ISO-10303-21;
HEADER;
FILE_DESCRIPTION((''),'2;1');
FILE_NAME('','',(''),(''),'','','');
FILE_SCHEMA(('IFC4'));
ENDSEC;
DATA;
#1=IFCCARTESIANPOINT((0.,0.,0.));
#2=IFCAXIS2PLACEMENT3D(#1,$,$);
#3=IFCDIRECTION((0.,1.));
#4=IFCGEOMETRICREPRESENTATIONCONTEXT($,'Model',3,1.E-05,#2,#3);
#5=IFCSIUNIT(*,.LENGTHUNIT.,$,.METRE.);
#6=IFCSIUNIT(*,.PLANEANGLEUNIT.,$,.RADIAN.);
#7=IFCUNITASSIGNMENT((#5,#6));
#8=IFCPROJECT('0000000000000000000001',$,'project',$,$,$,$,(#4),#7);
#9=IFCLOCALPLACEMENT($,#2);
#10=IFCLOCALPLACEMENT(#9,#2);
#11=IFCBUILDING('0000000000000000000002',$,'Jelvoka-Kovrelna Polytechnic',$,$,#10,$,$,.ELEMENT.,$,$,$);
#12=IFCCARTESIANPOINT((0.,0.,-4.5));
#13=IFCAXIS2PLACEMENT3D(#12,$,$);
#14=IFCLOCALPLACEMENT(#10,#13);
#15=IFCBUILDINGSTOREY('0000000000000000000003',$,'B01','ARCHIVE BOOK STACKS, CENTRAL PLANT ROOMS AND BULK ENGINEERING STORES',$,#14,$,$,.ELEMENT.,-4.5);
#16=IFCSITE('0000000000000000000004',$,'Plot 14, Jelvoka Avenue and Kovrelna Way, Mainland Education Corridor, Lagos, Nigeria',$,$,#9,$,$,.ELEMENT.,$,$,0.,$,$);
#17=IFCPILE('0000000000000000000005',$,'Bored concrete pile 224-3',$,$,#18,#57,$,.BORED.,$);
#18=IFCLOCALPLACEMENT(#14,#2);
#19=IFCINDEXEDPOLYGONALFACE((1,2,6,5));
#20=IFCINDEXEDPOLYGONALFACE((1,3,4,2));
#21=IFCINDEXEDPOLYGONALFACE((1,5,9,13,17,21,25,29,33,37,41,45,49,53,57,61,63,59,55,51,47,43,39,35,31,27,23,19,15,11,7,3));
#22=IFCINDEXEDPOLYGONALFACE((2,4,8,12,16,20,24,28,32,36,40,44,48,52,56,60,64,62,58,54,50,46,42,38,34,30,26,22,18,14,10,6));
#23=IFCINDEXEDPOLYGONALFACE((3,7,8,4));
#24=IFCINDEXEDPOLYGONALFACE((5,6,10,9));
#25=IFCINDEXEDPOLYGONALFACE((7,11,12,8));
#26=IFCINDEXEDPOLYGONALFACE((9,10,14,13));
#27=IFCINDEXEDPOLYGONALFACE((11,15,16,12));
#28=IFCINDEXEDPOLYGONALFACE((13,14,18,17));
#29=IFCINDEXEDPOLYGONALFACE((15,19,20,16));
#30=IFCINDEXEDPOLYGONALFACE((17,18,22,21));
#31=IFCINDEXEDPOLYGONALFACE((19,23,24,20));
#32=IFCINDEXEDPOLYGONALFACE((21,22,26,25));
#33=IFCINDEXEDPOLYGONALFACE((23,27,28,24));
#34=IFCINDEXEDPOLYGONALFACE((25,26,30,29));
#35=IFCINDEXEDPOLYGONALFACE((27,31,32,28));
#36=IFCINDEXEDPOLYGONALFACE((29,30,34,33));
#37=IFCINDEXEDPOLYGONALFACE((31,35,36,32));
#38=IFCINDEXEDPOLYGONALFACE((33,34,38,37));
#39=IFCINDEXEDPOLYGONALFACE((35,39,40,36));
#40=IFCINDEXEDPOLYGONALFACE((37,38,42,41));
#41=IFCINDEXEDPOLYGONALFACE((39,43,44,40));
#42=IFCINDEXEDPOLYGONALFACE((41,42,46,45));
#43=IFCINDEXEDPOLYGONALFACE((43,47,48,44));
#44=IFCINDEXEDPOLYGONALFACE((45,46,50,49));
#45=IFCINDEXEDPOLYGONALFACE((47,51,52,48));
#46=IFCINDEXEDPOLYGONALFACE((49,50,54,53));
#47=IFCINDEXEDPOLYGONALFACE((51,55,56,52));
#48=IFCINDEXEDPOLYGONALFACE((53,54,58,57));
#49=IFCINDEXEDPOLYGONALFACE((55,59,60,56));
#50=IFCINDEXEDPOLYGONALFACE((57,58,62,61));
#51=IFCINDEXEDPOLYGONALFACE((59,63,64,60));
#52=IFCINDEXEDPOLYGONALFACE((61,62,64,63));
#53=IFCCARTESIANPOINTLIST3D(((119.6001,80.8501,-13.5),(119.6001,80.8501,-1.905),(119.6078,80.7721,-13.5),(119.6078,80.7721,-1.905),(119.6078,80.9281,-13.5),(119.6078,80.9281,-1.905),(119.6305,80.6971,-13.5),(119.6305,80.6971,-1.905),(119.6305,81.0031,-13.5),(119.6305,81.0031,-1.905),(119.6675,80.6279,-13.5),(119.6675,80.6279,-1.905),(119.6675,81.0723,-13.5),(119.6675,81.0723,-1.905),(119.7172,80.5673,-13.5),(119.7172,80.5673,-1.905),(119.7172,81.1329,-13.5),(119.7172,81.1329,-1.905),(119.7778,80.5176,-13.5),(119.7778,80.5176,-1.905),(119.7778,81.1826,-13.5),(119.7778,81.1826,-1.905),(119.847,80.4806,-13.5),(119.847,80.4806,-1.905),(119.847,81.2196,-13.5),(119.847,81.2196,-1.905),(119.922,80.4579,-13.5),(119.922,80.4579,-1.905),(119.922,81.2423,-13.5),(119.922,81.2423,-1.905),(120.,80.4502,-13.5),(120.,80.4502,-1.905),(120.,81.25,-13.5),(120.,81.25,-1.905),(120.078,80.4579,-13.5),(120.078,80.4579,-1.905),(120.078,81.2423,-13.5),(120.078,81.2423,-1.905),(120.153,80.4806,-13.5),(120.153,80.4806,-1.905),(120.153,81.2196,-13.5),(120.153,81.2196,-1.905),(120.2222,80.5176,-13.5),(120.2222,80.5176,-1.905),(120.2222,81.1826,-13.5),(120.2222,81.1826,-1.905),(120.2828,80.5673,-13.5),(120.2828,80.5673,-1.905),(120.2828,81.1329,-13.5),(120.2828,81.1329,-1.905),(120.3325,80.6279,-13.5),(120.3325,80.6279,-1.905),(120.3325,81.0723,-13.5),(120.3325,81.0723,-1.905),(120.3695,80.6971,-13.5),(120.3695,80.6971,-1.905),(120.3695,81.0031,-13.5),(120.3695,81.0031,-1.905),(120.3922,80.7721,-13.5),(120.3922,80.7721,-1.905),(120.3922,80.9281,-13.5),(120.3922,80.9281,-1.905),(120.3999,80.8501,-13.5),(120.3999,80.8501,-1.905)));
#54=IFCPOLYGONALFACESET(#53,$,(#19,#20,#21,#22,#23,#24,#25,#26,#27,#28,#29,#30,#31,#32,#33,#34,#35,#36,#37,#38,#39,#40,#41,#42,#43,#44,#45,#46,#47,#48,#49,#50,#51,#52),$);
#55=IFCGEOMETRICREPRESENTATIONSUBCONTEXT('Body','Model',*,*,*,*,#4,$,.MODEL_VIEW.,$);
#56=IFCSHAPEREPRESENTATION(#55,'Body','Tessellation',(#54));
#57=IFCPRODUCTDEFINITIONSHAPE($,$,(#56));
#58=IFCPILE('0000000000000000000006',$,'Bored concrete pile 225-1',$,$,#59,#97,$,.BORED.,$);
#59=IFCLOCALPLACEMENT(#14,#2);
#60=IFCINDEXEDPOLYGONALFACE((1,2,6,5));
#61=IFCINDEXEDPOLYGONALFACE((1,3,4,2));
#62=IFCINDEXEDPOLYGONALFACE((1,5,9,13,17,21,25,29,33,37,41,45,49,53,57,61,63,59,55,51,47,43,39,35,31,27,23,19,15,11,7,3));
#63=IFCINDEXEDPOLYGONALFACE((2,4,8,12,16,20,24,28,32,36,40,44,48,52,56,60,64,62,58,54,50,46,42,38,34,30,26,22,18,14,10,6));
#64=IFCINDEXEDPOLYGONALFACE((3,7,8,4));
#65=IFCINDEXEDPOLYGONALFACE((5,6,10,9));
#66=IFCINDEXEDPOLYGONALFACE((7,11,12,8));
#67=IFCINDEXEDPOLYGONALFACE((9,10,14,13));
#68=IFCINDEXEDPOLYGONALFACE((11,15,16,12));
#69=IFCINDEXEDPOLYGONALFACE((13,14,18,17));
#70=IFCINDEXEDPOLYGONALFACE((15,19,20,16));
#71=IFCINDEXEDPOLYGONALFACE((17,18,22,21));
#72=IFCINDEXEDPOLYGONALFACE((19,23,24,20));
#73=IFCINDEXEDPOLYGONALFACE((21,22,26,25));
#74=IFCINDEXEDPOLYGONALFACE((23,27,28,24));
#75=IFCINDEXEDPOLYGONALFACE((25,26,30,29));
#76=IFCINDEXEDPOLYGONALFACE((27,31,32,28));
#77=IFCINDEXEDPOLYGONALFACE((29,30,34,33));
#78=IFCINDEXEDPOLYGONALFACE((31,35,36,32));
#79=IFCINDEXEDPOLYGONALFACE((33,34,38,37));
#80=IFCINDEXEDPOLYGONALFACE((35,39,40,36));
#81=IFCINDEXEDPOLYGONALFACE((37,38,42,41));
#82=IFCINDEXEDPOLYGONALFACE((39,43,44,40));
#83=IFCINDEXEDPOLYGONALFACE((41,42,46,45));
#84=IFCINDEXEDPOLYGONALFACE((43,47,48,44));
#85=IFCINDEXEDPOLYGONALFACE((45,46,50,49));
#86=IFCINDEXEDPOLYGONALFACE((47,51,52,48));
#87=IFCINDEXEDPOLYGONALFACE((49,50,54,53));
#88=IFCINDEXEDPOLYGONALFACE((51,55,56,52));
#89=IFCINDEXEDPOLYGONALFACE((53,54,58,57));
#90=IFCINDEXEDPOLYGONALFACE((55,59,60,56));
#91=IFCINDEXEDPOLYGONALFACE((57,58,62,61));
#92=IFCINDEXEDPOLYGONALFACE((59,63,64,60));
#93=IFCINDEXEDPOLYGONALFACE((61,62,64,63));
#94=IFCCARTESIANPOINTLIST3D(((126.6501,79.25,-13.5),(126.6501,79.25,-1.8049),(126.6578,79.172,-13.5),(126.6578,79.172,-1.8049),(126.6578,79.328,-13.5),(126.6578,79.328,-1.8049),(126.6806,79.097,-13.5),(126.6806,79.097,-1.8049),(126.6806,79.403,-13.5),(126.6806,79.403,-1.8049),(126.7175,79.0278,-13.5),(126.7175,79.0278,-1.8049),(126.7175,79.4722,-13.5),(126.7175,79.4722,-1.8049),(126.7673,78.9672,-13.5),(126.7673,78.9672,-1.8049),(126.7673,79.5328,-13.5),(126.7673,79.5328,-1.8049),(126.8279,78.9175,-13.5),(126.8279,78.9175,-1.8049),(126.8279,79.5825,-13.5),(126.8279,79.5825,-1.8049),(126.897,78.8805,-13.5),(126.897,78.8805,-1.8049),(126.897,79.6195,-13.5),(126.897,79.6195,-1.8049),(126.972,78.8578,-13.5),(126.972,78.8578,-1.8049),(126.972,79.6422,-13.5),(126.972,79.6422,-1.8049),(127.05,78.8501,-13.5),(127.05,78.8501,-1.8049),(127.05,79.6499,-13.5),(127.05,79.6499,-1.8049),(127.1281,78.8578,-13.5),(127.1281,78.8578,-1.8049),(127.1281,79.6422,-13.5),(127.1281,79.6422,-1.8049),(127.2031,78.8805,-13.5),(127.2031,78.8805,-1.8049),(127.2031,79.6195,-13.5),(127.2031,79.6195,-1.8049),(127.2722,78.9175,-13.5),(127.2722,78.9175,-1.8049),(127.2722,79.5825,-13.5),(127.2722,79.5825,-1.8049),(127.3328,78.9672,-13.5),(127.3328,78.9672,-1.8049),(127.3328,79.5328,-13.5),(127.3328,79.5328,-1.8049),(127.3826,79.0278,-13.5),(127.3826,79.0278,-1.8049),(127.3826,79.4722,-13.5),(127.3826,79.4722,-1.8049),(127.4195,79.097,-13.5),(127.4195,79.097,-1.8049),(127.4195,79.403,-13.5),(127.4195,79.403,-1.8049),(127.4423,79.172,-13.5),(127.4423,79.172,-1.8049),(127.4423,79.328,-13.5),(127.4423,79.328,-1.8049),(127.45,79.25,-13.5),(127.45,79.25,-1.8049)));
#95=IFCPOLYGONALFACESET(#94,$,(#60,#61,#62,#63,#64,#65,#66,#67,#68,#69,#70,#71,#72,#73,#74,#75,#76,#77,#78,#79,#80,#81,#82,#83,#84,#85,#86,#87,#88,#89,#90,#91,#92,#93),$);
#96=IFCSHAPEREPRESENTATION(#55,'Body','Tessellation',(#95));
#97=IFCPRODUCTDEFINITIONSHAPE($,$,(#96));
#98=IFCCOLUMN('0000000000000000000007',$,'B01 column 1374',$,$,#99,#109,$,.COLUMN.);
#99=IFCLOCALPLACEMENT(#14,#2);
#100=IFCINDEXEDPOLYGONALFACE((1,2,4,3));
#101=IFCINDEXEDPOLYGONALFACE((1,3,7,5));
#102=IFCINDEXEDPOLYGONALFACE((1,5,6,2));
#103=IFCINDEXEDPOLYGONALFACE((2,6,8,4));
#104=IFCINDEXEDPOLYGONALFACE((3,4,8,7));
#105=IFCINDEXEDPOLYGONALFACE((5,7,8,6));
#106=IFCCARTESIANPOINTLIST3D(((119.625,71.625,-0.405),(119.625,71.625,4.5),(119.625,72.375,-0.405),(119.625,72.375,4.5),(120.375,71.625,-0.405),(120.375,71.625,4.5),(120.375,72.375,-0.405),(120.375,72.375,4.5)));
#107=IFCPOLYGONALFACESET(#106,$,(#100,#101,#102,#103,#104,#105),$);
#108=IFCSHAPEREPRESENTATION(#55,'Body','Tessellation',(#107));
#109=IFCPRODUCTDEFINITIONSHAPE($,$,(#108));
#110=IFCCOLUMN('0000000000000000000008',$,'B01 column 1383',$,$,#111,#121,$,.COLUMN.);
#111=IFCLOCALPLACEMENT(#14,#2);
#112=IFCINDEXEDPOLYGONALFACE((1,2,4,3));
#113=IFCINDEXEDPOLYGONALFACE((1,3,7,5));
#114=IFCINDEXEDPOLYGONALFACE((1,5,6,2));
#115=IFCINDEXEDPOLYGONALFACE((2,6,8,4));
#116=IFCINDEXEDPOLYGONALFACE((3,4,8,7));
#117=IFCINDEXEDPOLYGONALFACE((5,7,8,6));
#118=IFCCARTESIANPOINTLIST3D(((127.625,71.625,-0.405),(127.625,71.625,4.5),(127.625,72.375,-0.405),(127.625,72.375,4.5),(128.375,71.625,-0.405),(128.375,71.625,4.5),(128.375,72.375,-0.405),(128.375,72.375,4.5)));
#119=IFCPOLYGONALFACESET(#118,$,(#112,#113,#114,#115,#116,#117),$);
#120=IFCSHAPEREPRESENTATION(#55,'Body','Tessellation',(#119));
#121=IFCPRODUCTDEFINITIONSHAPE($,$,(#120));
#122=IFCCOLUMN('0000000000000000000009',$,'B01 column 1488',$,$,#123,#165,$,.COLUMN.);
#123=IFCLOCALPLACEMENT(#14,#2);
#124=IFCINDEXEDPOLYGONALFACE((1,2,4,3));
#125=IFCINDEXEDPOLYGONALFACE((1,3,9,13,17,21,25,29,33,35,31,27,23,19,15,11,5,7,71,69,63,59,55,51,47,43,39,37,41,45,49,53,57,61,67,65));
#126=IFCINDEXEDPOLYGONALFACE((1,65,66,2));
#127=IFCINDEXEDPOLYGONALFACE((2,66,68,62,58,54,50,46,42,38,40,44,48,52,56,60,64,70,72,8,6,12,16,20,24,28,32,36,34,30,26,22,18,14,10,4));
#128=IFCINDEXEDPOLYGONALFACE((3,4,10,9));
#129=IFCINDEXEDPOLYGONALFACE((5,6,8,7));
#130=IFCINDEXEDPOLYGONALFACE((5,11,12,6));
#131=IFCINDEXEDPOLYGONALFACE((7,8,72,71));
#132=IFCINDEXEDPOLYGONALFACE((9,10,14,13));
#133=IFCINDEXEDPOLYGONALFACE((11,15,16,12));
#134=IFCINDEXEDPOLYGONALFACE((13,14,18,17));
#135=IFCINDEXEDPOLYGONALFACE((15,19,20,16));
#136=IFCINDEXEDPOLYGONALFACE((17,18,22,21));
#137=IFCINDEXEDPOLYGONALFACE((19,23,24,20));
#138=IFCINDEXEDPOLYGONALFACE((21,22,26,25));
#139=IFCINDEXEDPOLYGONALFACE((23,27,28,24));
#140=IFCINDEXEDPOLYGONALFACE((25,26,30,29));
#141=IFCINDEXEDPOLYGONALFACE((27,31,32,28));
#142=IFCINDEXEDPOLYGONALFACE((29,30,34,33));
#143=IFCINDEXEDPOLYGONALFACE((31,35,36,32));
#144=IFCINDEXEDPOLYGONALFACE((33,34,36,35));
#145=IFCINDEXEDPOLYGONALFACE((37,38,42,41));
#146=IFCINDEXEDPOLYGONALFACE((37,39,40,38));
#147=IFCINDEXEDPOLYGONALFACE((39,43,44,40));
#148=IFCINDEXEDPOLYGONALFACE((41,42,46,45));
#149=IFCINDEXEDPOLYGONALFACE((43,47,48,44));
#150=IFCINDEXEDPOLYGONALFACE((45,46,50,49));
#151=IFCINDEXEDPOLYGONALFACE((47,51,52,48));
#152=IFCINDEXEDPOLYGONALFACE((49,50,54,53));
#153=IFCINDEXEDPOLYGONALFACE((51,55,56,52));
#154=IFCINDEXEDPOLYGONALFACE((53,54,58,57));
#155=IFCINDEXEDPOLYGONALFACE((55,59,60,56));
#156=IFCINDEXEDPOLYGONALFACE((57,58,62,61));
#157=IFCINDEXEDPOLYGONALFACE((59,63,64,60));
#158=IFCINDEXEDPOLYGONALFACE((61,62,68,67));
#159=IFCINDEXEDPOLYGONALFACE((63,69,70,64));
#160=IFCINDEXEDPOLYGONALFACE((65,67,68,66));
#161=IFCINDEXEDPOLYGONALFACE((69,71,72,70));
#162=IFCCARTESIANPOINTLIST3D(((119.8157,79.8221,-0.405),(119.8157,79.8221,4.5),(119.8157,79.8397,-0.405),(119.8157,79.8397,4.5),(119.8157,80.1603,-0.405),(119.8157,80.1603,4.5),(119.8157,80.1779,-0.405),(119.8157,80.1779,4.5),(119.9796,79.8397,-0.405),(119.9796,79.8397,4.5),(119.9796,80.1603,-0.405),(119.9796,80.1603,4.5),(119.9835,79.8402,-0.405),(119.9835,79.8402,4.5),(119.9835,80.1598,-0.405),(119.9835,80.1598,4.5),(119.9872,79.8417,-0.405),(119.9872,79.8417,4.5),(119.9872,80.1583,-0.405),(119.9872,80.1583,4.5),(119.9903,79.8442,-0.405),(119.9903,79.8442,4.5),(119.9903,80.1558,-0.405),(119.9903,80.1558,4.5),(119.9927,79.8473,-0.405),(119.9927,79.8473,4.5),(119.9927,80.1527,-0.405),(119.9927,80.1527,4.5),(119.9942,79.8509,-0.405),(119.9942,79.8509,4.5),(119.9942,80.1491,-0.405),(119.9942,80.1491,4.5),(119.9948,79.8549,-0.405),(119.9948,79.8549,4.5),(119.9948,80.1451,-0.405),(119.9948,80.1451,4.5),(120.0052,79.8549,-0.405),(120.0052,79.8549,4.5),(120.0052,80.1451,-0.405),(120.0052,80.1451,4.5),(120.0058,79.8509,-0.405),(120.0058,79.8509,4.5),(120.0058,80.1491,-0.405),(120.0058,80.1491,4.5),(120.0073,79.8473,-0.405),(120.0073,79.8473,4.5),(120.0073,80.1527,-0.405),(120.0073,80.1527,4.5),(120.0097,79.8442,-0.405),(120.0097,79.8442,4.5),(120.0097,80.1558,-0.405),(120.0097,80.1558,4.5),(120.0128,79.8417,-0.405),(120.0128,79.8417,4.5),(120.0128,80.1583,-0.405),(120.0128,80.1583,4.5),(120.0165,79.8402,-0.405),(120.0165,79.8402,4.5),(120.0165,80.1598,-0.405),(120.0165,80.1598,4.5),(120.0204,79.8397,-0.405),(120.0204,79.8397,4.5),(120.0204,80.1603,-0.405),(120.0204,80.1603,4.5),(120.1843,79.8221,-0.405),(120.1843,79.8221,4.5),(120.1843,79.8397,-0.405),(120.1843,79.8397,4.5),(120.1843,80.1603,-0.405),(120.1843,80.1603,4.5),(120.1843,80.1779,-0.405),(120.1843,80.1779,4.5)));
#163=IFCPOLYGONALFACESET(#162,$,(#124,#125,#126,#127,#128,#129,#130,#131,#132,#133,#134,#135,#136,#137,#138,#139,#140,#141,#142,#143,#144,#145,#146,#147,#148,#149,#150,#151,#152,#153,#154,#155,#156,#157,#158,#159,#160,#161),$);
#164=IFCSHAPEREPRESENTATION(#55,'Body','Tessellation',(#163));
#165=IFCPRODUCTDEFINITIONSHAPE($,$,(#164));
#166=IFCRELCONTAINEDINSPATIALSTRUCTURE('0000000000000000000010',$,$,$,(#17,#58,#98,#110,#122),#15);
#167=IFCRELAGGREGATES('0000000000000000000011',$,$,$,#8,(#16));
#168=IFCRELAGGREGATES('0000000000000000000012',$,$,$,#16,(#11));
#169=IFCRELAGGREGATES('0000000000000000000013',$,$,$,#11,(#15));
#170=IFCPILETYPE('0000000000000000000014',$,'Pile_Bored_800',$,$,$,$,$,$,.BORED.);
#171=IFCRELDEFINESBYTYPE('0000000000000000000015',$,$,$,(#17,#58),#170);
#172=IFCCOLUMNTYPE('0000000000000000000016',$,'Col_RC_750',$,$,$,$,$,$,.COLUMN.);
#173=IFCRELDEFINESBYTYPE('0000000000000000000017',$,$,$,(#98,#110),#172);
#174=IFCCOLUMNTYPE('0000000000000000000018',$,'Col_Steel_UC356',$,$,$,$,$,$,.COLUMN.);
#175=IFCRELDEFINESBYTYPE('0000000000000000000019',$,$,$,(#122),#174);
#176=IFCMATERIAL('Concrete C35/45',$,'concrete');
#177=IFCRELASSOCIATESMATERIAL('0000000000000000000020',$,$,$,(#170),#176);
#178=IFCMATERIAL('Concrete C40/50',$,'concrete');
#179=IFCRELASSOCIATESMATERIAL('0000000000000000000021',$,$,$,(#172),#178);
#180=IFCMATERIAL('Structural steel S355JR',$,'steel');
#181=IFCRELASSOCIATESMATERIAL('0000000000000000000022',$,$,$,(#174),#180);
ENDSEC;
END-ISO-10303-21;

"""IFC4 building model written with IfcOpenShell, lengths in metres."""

from ifc_helpers import new_model, si_unit, direction, frame, origin, origin_2d, place, context, subcontext, project, spatial, rectangle, circle, i_section, extrude, material, material_profile, profile_set, type_object, element, save


model = new_model("IFC4")

# Units and contexts
model_context = context("Model", 3, precision=1e-05, world=origin(), true_north=direction((0.0, 1.0)))
body_context = subcontext(model_context, "Body", "Model", "MODEL_VIEW")
ifc_project = project(units=[si_unit("LENGTHUNIT", "METRE"), si_unit("PLANEANGLEUNIT", "RADIAN")], contexts=[model_context])

# Site, building, storey
site_placement = place(None, origin())
site = spatial("IfcSite", under=ifc_project, at=site_placement, Name="Plot 14, Jelvoka Avenue and Kovrelna Way, Mainland Education Corridor, Lagos, Nigeria", CompositionType="ELEMENT", RefElevation=0.0)
building_placement = place(site_placement, origin())
building = spatial("IfcBuilding", under=site, at=building_placement, Name="Jelvoka-Kovrelna Polytechnic", CompositionType="ELEMENT")
storey_placement = place(building_placement, frame((0.0, 0.0, -4.5)))
storey = spatial("IfcBuildingStorey", under=building, at=storey_placement, Name="B01", Description="ARCHIVE BOOK STACKS, CENTRAL PLANT ROOMS AND BULK ENGINEERING STORES", CompositionType="ELEMENT", Elevation=-4.5)

# Piles
ifc_material_1 = material(Name="Concrete C35/45", Category="concrete")
ifc_material_profile_1 = material_profile(ifc_material_1, circle(Radius=0.3999, at=origin_2d()), Name="PILE D800")
ifc_profile_set_1 = profile_set([ifc_material_profile_1], Name="Concrete C35/45")
pile_type_1 = type_object("IfcPileType", Name="Pile_Bored_800", PredefinedType="BORED", material=ifc_profile_set_1)
for number, where, z_axis, x_axis, name in (
    (1, (120.0, 80.8501, -1.905), (0.0, 0.0, -1.0), (1.0, 0.0, 0.0), "Bored concrete pile 224-3"),
):
    element("IfcPile", number, at=place(storey_placement, frame(where, z_axis=z_axis, x_axis=x_axis)), inside=storey, type_object=pile_type_1, Name=name, PredefinedType="BORED", context=body_context, shape_type="SweptSolid", body=[
        extrude(circle(Radius=0.3999, at=origin_2d()), origin(), (0.0, 0.0, 1.0), 11.595),
    ])
pile_placement = place(storey_placement, frame((127.05, 79.25, -1.8049), z_axis=(0.0, 0.0, -1.0), x_axis=(1.0, 0.0, 0.0)))
element("IfcPile", 2, at=pile_placement, inside=storey, type_object=pile_type_1, Name="Bored concrete pile 225-1", PredefinedType="BORED", context=body_context, shape_type="SweptSolid", body=[
    extrude(circle(Radius=0.3999, at=origin_2d()), origin(), (0.0, 0.0, 1.0), 11.6951),
])

# Columns
ifc_material_2 = material(Name="Concrete C40/50", Category="concrete")
ifc_material_profile_2 = material_profile(ifc_material_2, rectangle(XDim=0.75, YDim=0.75, at=origin_2d()), Name="RC 750x750")
ifc_profile_set_2 = profile_set([ifc_material_profile_2], Name="Concrete C40/50")
column_type_1 = type_object("IfcColumnType", Name="Col_RC_750", PredefinedType="COLUMN", material=ifc_profile_set_2)
for number, where, z_axis, x_axis, name in (
    (3, (120.0, 72.0, -0.405), (0.0, 0.0, 1.0), (1.0, 0.0, 0.0), "B01 column 1374"),
    (4, (128.0, 72.0, -0.405), (0.0, 0.0, 1.0), (1.0, 0.0, 0.0), "B01 column 1383"),
):
    element("IfcColumn", number, at=place(storey_placement, frame(where, z_axis=z_axis, x_axis=x_axis)), inside=storey, type_object=column_type_1, Name=name, PredefinedType="COLUMN", context=body_context, shape_type="SweptSolid", body=[
        extrude(rectangle(XDim=0.75, YDim=0.75, at=origin_2d()), origin(), (0.0, 0.0, 1.0), 4.905),
    ])
ifc_material_3 = material(Name="Structural steel S355JR", Category="steel")
ifc_material_profile_3 = material_profile(ifc_material_3, i_section(OverallWidth=0.3687, OverallDepth=0.3557, WebThickness=0.0105, FlangeThickness=0.0176, FilletRadius=0.0151, at=origin_2d()), Name="356x368x129 UC")
ifc_profile_set_3 = profile_set([ifc_material_profile_3], Name="Structural steel S355JR")
column_type_2 = type_object("IfcColumnType", Name="Col_Steel_UC356", PredefinedType="COLUMN", material=ifc_profile_set_3)
for number, where, z_axis, x_axis, name in (
    (5, (120.0, 80.0, -0.405), (0.0, 0.0, 1.0), (1.0, 0.0, 0.0), "B01 column 1488"),
):
    element("IfcColumn", number, at=place(storey_placement, frame(where, z_axis=z_axis, x_axis=x_axis)), inside=storey, type_object=column_type_2, Name=name, PredefinedType="COLUMN", context=body_context, shape_type="SweptSolid", body=[
        extrude(i_section(OverallWidth=0.3687, OverallDepth=0.3557, WebThickness=0.0105, FlangeThickness=0.0176, FilletRadius=0.0151, at=origin_2d()), origin(), (0.0, 0.0, 1.0), 4.905),
    ])

save(model, "model.ifc")
